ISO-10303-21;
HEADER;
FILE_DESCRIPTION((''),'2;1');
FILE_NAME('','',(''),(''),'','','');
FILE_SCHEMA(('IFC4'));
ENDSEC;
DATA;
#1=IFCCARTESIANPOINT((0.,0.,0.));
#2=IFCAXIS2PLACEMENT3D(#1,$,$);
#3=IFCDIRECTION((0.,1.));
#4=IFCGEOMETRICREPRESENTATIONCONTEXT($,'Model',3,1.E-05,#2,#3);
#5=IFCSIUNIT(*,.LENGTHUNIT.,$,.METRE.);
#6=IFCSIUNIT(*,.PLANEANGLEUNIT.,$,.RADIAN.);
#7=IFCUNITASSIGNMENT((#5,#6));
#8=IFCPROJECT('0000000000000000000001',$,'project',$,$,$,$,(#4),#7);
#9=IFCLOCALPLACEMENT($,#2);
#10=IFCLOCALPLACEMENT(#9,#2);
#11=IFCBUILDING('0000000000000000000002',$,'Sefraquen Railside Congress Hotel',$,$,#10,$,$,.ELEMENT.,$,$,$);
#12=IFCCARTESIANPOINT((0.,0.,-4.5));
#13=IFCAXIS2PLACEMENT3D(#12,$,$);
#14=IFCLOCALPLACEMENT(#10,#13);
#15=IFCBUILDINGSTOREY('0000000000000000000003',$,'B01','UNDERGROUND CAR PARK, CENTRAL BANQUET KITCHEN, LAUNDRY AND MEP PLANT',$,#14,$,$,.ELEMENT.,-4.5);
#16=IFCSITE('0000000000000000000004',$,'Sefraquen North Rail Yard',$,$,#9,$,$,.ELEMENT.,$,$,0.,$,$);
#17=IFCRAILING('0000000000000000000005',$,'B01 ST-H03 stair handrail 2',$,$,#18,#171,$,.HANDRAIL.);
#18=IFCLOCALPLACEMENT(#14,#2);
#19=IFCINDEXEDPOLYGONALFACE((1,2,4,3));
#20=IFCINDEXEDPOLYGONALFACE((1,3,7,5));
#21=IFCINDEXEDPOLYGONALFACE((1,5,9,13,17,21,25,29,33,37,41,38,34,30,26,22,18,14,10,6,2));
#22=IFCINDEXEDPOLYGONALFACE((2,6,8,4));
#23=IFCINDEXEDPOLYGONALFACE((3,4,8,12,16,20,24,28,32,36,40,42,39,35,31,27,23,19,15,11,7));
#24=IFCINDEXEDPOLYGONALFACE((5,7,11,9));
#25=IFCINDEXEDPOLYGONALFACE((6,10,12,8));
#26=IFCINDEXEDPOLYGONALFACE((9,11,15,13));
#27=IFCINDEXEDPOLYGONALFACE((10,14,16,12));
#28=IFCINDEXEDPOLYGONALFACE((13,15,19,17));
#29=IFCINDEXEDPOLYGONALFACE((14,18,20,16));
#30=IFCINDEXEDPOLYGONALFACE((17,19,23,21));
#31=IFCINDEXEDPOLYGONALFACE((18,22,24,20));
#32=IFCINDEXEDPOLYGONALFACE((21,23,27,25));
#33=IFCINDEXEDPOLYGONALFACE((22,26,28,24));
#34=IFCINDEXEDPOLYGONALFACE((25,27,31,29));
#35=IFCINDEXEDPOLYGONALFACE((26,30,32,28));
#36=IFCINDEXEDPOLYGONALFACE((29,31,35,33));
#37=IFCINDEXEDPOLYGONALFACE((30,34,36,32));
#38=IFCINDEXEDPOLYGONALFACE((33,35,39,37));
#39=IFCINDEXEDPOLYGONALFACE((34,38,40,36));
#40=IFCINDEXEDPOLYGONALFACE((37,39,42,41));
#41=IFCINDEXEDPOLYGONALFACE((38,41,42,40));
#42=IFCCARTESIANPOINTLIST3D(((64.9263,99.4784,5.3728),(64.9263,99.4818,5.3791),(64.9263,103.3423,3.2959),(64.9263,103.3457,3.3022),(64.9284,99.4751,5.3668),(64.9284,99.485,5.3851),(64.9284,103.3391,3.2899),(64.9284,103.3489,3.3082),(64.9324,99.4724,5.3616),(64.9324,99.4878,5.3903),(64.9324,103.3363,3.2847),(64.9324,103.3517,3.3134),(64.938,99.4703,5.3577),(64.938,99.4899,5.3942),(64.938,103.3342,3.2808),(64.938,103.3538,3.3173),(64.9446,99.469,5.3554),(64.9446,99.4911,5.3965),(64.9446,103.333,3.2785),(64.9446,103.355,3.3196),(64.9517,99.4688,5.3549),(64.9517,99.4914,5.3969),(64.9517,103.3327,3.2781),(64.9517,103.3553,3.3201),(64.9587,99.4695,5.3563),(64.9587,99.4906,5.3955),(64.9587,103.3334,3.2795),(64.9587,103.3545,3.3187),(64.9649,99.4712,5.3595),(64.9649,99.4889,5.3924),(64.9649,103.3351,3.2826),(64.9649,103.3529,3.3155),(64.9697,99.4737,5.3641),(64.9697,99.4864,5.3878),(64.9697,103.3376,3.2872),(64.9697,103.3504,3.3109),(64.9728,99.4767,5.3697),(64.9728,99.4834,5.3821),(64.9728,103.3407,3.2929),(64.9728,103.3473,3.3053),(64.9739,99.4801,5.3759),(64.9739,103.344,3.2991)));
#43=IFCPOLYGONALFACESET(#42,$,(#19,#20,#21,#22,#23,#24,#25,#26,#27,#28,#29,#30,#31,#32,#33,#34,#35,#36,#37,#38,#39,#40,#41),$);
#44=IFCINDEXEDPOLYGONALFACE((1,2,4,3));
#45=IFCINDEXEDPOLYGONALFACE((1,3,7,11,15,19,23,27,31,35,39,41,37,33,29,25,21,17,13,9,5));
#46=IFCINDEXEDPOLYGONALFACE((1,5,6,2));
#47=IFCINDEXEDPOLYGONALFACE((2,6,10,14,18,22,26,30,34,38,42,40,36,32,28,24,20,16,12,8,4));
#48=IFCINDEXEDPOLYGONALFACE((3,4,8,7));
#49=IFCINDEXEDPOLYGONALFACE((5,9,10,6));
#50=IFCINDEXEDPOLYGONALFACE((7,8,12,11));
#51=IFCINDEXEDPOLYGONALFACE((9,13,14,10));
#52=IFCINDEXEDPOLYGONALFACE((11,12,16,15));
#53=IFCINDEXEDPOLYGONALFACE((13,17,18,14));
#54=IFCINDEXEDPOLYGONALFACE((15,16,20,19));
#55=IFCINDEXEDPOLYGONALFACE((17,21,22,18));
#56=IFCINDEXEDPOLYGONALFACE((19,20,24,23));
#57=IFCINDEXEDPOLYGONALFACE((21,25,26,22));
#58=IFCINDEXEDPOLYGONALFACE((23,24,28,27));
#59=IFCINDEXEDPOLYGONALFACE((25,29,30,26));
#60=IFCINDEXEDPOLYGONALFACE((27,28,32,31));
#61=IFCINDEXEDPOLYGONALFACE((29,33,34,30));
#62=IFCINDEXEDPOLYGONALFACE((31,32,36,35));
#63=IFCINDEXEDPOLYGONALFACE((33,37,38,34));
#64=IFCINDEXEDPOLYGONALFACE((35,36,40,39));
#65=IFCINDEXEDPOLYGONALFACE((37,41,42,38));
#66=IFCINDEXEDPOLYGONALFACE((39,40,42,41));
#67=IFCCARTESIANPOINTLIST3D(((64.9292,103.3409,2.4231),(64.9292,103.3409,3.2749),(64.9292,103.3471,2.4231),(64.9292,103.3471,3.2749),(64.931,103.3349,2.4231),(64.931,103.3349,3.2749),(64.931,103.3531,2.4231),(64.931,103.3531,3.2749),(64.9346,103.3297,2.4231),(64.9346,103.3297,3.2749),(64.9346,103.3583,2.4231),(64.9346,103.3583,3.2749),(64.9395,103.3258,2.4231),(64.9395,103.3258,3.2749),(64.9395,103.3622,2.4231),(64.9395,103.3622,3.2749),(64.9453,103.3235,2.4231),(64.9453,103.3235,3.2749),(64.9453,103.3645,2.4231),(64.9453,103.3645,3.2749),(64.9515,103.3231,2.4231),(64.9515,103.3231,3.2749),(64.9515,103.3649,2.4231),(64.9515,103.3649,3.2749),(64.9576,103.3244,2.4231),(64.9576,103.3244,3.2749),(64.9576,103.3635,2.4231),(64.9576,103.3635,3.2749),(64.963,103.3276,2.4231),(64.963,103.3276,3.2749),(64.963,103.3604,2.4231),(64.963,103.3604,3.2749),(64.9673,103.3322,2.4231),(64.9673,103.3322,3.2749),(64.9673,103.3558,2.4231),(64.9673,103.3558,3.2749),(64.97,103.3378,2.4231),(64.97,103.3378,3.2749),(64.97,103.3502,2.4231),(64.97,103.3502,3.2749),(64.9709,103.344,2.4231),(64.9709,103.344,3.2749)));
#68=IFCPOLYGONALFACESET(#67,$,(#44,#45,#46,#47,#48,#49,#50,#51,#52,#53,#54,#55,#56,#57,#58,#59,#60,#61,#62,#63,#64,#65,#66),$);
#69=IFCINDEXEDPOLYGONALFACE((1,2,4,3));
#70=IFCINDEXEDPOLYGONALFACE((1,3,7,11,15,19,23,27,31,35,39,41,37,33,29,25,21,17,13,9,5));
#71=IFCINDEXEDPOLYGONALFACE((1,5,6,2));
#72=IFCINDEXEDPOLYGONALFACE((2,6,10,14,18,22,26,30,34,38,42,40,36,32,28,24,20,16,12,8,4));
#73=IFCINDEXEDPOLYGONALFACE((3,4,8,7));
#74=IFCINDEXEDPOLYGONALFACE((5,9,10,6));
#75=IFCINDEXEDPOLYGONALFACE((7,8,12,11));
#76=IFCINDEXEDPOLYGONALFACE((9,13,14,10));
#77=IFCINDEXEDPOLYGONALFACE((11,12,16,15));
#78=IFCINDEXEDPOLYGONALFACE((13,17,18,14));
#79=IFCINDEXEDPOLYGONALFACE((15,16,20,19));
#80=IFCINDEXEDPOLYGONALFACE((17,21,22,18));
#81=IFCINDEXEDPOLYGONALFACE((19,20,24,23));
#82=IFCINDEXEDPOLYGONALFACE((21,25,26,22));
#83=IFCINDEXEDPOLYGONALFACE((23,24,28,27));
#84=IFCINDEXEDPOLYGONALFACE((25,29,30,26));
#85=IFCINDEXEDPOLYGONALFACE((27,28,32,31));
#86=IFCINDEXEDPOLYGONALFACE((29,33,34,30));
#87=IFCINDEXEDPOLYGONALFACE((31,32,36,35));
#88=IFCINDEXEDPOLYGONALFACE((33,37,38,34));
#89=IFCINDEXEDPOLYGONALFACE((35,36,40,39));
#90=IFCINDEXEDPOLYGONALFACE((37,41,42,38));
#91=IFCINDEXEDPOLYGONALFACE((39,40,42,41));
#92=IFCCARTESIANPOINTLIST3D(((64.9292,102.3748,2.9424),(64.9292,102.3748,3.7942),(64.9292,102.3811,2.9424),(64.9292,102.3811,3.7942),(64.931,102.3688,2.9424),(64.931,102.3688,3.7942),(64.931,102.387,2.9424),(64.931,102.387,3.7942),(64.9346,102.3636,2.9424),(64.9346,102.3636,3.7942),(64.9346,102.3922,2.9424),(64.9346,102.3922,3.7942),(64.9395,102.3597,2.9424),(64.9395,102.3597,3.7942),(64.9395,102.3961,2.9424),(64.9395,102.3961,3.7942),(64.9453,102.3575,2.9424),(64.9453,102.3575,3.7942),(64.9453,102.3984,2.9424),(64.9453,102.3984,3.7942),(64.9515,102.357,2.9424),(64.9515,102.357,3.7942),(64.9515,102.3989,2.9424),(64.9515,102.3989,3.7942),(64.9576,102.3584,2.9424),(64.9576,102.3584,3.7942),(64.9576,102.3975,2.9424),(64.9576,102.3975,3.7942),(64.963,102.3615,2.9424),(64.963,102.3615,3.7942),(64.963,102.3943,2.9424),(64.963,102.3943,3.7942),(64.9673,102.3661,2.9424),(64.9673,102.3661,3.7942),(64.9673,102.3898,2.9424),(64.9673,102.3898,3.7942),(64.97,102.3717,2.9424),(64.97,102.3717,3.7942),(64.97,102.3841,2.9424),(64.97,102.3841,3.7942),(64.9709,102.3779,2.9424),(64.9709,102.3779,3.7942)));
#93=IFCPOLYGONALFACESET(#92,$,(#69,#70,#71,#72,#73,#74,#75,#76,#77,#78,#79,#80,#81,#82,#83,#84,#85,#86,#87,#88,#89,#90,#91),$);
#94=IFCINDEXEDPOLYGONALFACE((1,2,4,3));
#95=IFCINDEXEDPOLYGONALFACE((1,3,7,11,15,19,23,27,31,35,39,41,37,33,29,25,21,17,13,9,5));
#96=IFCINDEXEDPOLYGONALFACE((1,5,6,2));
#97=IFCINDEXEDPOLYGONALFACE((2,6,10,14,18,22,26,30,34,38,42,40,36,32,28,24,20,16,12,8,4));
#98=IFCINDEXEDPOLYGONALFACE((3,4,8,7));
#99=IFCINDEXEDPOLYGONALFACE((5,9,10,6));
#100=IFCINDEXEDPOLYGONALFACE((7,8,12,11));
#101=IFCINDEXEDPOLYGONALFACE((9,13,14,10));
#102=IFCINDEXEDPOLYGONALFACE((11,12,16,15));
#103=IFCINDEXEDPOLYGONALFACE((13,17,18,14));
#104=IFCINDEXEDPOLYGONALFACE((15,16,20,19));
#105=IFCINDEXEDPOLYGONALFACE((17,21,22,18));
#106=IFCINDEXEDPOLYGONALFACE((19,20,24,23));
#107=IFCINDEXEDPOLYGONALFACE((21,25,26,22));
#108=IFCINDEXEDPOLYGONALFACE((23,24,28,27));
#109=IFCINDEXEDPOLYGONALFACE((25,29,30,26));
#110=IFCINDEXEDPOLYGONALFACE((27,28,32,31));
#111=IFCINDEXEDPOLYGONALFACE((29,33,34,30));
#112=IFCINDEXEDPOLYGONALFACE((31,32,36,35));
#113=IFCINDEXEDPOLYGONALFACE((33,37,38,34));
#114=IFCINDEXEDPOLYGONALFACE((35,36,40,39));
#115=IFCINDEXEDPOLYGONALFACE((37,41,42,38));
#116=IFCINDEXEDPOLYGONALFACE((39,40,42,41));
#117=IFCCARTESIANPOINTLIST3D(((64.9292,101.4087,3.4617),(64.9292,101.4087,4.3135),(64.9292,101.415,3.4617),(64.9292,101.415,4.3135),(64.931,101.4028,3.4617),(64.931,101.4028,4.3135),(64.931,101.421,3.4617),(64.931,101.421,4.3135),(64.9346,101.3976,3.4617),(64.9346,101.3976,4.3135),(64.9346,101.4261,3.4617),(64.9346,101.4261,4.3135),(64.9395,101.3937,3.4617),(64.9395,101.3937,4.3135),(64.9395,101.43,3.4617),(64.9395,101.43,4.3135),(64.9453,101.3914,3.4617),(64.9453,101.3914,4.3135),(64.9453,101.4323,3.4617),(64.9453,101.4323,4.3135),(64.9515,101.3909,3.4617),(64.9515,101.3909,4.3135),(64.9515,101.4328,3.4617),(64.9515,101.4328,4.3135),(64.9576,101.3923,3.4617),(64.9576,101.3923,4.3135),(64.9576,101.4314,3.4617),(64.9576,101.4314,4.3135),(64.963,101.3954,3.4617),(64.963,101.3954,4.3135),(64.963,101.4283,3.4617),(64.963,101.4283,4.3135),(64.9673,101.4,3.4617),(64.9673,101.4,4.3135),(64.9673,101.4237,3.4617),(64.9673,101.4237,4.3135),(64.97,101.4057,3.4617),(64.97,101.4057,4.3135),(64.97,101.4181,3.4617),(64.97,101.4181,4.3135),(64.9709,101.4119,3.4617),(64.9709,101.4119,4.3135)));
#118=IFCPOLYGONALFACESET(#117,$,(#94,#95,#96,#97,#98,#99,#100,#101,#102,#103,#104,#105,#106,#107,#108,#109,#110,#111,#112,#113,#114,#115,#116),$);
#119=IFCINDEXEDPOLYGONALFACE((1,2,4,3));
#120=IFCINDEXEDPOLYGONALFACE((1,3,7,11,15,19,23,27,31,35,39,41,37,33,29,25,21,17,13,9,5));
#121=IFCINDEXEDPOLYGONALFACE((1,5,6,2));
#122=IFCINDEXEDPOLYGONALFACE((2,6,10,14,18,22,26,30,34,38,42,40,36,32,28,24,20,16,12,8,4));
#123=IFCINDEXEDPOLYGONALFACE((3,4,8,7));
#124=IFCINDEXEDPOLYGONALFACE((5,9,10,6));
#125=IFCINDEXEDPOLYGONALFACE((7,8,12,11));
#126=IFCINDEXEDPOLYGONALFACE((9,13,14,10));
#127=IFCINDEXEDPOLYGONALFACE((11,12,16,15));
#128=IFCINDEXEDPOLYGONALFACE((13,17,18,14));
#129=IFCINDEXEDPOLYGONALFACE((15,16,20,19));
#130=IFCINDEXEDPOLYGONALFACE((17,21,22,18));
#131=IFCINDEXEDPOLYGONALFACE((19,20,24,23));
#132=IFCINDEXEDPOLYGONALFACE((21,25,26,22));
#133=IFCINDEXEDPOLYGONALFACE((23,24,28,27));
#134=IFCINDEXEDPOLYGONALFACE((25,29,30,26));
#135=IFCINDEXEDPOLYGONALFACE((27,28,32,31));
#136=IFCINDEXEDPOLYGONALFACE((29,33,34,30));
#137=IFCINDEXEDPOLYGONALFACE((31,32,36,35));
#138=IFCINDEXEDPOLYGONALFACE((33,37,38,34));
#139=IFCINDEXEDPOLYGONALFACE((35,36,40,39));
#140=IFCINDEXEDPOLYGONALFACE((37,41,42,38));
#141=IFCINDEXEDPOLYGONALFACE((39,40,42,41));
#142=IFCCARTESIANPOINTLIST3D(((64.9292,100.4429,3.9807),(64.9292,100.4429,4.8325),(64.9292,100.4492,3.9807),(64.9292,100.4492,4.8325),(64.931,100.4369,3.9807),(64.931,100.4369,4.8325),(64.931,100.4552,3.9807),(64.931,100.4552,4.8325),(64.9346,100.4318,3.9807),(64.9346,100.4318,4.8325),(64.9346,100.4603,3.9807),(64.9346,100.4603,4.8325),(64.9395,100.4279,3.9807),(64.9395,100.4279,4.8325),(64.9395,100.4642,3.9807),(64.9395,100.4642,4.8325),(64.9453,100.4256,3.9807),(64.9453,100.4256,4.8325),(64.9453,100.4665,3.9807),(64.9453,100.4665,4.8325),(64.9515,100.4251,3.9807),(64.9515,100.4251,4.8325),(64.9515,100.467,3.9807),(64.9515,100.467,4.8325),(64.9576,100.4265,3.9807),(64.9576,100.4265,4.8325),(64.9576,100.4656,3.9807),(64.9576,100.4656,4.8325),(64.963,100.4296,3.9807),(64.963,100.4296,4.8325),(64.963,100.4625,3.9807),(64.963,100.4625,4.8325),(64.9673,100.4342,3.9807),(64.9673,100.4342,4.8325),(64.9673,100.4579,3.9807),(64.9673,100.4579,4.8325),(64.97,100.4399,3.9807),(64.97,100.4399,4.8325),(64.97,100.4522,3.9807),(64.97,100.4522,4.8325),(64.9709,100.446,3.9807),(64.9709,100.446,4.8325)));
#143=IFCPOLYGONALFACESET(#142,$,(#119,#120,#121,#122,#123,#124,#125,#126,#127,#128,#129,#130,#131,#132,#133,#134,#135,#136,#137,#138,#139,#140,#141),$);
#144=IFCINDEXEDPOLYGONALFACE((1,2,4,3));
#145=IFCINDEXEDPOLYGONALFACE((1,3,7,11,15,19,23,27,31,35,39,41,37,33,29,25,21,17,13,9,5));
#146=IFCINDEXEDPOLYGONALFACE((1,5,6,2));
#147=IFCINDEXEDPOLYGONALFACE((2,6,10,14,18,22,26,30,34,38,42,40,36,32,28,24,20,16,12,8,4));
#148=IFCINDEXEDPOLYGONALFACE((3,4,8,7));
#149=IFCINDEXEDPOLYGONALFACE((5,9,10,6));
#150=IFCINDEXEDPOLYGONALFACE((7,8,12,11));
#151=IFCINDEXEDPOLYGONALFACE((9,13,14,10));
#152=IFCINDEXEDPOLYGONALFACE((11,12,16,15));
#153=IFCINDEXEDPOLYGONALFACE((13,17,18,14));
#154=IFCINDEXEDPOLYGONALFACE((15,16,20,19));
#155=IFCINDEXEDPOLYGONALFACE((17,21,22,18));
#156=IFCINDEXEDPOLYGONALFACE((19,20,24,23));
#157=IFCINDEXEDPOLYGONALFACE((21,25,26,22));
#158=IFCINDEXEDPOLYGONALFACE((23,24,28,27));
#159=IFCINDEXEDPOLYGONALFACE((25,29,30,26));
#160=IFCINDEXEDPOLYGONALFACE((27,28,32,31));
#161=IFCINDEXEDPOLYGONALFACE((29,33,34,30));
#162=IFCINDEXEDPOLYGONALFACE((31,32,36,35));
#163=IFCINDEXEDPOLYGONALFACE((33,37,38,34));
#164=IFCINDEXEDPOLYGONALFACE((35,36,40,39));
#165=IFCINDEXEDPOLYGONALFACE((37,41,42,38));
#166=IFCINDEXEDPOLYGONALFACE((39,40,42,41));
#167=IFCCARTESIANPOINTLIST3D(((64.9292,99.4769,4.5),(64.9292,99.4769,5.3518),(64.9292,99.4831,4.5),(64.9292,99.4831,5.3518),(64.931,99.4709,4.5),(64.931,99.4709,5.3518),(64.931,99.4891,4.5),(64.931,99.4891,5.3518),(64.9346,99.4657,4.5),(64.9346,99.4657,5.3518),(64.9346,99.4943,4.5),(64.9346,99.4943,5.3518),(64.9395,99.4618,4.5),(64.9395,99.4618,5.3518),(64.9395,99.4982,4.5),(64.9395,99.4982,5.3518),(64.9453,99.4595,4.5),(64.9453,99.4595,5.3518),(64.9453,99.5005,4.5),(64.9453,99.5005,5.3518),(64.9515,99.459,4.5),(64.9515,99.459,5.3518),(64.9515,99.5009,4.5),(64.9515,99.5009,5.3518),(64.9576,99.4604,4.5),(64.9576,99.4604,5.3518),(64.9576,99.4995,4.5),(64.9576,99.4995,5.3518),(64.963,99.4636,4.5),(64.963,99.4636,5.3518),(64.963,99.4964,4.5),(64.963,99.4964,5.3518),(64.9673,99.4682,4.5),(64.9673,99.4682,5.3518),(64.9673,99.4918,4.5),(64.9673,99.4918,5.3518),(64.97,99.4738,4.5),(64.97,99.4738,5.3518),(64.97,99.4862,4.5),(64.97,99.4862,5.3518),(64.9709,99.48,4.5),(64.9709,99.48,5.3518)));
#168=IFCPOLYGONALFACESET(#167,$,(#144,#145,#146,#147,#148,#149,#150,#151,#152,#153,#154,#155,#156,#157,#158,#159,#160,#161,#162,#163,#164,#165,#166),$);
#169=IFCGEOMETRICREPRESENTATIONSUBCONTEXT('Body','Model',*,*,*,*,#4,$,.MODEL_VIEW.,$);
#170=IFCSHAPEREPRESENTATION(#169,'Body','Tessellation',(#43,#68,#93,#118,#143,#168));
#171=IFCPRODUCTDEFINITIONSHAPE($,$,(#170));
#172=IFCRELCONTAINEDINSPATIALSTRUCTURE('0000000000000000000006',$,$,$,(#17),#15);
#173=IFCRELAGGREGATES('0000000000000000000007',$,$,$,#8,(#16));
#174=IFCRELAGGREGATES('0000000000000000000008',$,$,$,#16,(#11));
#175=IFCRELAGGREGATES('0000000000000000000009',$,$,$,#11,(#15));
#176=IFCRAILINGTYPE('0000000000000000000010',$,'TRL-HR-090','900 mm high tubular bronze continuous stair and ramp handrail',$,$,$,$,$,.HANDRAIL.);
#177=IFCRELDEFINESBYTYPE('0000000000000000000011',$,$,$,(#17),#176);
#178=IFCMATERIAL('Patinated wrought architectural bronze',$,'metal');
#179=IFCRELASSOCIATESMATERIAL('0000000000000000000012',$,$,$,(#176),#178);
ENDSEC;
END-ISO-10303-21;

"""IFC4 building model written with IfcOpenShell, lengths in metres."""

from ifc_helpers import new_model, si_unit, direction, frame, origin, origin_2d, place, context, subcontext, project, spatial, circle, extrude, material, type_object, element, save


model = new_model("IFC4")

# Units and contexts
model_context = context("Model", 3, precision=1e-05, world=origin(), true_north=direction((0.0, 1.0)))
body_context = subcontext(model_context, "Body", "Model", "MODEL_VIEW")
ifc_project = project(units=[si_unit("LENGTHUNIT", "METRE"), si_unit("PLANEANGLEUNIT", "RADIAN")], contexts=[model_context])

# Site, building, storey
site_placement = place(None, origin())
site = spatial("IfcSite", under=ifc_project, at=site_placement, Name="Sefraquen North Rail Yard", CompositionType="ELEMENT", RefElevation=0.0)
building_placement = place(site_placement, origin())
building = spatial("IfcBuilding", under=site, at=building_placement, Name="Sefraquen Railside Congress Hotel", CompositionType="ELEMENT")
storey_placement = place(building_placement, frame((0.0, 0.0, -4.5)))
storey = spatial("IfcBuildingStorey", under=building, at=storey_placement, Name="B01", Description="UNDERGROUND CAR PARK, CENTRAL BANQUET KITCHEN, LAUNDRY AND MEP PLANT", CompositionType="ELEMENT", Elevation=-4.5)

# Railing
ifc_material_1 = material(Name="Patinated wrought architectural bronze", Category="metal")
railing_type_1 = type_object("IfcRailingType", Name="TRL-HR-090", Description="900 mm high tubular bronze continuous stair and ramp handrail", PredefinedType="HANDRAIL", material=ifc_material_1)
railing_1_placement = place(storey_placement, frame((64.95, 103.344, 2.4231)))
element("IfcRailing", 1, at=railing_1_placement, inside=storey, type_object=railing_type_1, Name="B01 ST-H03 stair handrail 2", PredefinedType="HANDRAIL", context=body_context, shape_type="SweptSolid", body=[
    extrude(circle(Radius=0.0239, at=origin_2d()), frame((0.0, 0.0, 0.876), z_axis=(0.0, -0.880825, 0.473443), x_axis=(1.0, 0.0, 0.0)), (0.0, 0.0, 1.0), 4.3867),
    extrude(circle(Radius=0.021, at=origin_2d()), origin(), (0.0, 0.0, 1.0), 0.8518),
    extrude(circle(Radius=0.021, at=origin_2d()), frame((0.0, -0.9661, 0.5193)), (0.0, 0.0, 1.0), 0.8518),
    extrude(circle(Radius=0.021, at=origin_2d()), frame((0.0, -1.9321, 1.0386)), (0.0, 0.0, 1.0), 0.8518),
    extrude(circle(Radius=0.021, at=origin_2d()), frame((0.0, -2.8979, 1.5576)), (0.0, 0.0, 1.0), 0.8518),
    extrude(circle(Radius=0.021, at=origin_2d()), frame((0.0, -3.864, 2.0769)), (0.0, 0.0, 1.0), 0.8518),
])

save(model, "model.ifc")
